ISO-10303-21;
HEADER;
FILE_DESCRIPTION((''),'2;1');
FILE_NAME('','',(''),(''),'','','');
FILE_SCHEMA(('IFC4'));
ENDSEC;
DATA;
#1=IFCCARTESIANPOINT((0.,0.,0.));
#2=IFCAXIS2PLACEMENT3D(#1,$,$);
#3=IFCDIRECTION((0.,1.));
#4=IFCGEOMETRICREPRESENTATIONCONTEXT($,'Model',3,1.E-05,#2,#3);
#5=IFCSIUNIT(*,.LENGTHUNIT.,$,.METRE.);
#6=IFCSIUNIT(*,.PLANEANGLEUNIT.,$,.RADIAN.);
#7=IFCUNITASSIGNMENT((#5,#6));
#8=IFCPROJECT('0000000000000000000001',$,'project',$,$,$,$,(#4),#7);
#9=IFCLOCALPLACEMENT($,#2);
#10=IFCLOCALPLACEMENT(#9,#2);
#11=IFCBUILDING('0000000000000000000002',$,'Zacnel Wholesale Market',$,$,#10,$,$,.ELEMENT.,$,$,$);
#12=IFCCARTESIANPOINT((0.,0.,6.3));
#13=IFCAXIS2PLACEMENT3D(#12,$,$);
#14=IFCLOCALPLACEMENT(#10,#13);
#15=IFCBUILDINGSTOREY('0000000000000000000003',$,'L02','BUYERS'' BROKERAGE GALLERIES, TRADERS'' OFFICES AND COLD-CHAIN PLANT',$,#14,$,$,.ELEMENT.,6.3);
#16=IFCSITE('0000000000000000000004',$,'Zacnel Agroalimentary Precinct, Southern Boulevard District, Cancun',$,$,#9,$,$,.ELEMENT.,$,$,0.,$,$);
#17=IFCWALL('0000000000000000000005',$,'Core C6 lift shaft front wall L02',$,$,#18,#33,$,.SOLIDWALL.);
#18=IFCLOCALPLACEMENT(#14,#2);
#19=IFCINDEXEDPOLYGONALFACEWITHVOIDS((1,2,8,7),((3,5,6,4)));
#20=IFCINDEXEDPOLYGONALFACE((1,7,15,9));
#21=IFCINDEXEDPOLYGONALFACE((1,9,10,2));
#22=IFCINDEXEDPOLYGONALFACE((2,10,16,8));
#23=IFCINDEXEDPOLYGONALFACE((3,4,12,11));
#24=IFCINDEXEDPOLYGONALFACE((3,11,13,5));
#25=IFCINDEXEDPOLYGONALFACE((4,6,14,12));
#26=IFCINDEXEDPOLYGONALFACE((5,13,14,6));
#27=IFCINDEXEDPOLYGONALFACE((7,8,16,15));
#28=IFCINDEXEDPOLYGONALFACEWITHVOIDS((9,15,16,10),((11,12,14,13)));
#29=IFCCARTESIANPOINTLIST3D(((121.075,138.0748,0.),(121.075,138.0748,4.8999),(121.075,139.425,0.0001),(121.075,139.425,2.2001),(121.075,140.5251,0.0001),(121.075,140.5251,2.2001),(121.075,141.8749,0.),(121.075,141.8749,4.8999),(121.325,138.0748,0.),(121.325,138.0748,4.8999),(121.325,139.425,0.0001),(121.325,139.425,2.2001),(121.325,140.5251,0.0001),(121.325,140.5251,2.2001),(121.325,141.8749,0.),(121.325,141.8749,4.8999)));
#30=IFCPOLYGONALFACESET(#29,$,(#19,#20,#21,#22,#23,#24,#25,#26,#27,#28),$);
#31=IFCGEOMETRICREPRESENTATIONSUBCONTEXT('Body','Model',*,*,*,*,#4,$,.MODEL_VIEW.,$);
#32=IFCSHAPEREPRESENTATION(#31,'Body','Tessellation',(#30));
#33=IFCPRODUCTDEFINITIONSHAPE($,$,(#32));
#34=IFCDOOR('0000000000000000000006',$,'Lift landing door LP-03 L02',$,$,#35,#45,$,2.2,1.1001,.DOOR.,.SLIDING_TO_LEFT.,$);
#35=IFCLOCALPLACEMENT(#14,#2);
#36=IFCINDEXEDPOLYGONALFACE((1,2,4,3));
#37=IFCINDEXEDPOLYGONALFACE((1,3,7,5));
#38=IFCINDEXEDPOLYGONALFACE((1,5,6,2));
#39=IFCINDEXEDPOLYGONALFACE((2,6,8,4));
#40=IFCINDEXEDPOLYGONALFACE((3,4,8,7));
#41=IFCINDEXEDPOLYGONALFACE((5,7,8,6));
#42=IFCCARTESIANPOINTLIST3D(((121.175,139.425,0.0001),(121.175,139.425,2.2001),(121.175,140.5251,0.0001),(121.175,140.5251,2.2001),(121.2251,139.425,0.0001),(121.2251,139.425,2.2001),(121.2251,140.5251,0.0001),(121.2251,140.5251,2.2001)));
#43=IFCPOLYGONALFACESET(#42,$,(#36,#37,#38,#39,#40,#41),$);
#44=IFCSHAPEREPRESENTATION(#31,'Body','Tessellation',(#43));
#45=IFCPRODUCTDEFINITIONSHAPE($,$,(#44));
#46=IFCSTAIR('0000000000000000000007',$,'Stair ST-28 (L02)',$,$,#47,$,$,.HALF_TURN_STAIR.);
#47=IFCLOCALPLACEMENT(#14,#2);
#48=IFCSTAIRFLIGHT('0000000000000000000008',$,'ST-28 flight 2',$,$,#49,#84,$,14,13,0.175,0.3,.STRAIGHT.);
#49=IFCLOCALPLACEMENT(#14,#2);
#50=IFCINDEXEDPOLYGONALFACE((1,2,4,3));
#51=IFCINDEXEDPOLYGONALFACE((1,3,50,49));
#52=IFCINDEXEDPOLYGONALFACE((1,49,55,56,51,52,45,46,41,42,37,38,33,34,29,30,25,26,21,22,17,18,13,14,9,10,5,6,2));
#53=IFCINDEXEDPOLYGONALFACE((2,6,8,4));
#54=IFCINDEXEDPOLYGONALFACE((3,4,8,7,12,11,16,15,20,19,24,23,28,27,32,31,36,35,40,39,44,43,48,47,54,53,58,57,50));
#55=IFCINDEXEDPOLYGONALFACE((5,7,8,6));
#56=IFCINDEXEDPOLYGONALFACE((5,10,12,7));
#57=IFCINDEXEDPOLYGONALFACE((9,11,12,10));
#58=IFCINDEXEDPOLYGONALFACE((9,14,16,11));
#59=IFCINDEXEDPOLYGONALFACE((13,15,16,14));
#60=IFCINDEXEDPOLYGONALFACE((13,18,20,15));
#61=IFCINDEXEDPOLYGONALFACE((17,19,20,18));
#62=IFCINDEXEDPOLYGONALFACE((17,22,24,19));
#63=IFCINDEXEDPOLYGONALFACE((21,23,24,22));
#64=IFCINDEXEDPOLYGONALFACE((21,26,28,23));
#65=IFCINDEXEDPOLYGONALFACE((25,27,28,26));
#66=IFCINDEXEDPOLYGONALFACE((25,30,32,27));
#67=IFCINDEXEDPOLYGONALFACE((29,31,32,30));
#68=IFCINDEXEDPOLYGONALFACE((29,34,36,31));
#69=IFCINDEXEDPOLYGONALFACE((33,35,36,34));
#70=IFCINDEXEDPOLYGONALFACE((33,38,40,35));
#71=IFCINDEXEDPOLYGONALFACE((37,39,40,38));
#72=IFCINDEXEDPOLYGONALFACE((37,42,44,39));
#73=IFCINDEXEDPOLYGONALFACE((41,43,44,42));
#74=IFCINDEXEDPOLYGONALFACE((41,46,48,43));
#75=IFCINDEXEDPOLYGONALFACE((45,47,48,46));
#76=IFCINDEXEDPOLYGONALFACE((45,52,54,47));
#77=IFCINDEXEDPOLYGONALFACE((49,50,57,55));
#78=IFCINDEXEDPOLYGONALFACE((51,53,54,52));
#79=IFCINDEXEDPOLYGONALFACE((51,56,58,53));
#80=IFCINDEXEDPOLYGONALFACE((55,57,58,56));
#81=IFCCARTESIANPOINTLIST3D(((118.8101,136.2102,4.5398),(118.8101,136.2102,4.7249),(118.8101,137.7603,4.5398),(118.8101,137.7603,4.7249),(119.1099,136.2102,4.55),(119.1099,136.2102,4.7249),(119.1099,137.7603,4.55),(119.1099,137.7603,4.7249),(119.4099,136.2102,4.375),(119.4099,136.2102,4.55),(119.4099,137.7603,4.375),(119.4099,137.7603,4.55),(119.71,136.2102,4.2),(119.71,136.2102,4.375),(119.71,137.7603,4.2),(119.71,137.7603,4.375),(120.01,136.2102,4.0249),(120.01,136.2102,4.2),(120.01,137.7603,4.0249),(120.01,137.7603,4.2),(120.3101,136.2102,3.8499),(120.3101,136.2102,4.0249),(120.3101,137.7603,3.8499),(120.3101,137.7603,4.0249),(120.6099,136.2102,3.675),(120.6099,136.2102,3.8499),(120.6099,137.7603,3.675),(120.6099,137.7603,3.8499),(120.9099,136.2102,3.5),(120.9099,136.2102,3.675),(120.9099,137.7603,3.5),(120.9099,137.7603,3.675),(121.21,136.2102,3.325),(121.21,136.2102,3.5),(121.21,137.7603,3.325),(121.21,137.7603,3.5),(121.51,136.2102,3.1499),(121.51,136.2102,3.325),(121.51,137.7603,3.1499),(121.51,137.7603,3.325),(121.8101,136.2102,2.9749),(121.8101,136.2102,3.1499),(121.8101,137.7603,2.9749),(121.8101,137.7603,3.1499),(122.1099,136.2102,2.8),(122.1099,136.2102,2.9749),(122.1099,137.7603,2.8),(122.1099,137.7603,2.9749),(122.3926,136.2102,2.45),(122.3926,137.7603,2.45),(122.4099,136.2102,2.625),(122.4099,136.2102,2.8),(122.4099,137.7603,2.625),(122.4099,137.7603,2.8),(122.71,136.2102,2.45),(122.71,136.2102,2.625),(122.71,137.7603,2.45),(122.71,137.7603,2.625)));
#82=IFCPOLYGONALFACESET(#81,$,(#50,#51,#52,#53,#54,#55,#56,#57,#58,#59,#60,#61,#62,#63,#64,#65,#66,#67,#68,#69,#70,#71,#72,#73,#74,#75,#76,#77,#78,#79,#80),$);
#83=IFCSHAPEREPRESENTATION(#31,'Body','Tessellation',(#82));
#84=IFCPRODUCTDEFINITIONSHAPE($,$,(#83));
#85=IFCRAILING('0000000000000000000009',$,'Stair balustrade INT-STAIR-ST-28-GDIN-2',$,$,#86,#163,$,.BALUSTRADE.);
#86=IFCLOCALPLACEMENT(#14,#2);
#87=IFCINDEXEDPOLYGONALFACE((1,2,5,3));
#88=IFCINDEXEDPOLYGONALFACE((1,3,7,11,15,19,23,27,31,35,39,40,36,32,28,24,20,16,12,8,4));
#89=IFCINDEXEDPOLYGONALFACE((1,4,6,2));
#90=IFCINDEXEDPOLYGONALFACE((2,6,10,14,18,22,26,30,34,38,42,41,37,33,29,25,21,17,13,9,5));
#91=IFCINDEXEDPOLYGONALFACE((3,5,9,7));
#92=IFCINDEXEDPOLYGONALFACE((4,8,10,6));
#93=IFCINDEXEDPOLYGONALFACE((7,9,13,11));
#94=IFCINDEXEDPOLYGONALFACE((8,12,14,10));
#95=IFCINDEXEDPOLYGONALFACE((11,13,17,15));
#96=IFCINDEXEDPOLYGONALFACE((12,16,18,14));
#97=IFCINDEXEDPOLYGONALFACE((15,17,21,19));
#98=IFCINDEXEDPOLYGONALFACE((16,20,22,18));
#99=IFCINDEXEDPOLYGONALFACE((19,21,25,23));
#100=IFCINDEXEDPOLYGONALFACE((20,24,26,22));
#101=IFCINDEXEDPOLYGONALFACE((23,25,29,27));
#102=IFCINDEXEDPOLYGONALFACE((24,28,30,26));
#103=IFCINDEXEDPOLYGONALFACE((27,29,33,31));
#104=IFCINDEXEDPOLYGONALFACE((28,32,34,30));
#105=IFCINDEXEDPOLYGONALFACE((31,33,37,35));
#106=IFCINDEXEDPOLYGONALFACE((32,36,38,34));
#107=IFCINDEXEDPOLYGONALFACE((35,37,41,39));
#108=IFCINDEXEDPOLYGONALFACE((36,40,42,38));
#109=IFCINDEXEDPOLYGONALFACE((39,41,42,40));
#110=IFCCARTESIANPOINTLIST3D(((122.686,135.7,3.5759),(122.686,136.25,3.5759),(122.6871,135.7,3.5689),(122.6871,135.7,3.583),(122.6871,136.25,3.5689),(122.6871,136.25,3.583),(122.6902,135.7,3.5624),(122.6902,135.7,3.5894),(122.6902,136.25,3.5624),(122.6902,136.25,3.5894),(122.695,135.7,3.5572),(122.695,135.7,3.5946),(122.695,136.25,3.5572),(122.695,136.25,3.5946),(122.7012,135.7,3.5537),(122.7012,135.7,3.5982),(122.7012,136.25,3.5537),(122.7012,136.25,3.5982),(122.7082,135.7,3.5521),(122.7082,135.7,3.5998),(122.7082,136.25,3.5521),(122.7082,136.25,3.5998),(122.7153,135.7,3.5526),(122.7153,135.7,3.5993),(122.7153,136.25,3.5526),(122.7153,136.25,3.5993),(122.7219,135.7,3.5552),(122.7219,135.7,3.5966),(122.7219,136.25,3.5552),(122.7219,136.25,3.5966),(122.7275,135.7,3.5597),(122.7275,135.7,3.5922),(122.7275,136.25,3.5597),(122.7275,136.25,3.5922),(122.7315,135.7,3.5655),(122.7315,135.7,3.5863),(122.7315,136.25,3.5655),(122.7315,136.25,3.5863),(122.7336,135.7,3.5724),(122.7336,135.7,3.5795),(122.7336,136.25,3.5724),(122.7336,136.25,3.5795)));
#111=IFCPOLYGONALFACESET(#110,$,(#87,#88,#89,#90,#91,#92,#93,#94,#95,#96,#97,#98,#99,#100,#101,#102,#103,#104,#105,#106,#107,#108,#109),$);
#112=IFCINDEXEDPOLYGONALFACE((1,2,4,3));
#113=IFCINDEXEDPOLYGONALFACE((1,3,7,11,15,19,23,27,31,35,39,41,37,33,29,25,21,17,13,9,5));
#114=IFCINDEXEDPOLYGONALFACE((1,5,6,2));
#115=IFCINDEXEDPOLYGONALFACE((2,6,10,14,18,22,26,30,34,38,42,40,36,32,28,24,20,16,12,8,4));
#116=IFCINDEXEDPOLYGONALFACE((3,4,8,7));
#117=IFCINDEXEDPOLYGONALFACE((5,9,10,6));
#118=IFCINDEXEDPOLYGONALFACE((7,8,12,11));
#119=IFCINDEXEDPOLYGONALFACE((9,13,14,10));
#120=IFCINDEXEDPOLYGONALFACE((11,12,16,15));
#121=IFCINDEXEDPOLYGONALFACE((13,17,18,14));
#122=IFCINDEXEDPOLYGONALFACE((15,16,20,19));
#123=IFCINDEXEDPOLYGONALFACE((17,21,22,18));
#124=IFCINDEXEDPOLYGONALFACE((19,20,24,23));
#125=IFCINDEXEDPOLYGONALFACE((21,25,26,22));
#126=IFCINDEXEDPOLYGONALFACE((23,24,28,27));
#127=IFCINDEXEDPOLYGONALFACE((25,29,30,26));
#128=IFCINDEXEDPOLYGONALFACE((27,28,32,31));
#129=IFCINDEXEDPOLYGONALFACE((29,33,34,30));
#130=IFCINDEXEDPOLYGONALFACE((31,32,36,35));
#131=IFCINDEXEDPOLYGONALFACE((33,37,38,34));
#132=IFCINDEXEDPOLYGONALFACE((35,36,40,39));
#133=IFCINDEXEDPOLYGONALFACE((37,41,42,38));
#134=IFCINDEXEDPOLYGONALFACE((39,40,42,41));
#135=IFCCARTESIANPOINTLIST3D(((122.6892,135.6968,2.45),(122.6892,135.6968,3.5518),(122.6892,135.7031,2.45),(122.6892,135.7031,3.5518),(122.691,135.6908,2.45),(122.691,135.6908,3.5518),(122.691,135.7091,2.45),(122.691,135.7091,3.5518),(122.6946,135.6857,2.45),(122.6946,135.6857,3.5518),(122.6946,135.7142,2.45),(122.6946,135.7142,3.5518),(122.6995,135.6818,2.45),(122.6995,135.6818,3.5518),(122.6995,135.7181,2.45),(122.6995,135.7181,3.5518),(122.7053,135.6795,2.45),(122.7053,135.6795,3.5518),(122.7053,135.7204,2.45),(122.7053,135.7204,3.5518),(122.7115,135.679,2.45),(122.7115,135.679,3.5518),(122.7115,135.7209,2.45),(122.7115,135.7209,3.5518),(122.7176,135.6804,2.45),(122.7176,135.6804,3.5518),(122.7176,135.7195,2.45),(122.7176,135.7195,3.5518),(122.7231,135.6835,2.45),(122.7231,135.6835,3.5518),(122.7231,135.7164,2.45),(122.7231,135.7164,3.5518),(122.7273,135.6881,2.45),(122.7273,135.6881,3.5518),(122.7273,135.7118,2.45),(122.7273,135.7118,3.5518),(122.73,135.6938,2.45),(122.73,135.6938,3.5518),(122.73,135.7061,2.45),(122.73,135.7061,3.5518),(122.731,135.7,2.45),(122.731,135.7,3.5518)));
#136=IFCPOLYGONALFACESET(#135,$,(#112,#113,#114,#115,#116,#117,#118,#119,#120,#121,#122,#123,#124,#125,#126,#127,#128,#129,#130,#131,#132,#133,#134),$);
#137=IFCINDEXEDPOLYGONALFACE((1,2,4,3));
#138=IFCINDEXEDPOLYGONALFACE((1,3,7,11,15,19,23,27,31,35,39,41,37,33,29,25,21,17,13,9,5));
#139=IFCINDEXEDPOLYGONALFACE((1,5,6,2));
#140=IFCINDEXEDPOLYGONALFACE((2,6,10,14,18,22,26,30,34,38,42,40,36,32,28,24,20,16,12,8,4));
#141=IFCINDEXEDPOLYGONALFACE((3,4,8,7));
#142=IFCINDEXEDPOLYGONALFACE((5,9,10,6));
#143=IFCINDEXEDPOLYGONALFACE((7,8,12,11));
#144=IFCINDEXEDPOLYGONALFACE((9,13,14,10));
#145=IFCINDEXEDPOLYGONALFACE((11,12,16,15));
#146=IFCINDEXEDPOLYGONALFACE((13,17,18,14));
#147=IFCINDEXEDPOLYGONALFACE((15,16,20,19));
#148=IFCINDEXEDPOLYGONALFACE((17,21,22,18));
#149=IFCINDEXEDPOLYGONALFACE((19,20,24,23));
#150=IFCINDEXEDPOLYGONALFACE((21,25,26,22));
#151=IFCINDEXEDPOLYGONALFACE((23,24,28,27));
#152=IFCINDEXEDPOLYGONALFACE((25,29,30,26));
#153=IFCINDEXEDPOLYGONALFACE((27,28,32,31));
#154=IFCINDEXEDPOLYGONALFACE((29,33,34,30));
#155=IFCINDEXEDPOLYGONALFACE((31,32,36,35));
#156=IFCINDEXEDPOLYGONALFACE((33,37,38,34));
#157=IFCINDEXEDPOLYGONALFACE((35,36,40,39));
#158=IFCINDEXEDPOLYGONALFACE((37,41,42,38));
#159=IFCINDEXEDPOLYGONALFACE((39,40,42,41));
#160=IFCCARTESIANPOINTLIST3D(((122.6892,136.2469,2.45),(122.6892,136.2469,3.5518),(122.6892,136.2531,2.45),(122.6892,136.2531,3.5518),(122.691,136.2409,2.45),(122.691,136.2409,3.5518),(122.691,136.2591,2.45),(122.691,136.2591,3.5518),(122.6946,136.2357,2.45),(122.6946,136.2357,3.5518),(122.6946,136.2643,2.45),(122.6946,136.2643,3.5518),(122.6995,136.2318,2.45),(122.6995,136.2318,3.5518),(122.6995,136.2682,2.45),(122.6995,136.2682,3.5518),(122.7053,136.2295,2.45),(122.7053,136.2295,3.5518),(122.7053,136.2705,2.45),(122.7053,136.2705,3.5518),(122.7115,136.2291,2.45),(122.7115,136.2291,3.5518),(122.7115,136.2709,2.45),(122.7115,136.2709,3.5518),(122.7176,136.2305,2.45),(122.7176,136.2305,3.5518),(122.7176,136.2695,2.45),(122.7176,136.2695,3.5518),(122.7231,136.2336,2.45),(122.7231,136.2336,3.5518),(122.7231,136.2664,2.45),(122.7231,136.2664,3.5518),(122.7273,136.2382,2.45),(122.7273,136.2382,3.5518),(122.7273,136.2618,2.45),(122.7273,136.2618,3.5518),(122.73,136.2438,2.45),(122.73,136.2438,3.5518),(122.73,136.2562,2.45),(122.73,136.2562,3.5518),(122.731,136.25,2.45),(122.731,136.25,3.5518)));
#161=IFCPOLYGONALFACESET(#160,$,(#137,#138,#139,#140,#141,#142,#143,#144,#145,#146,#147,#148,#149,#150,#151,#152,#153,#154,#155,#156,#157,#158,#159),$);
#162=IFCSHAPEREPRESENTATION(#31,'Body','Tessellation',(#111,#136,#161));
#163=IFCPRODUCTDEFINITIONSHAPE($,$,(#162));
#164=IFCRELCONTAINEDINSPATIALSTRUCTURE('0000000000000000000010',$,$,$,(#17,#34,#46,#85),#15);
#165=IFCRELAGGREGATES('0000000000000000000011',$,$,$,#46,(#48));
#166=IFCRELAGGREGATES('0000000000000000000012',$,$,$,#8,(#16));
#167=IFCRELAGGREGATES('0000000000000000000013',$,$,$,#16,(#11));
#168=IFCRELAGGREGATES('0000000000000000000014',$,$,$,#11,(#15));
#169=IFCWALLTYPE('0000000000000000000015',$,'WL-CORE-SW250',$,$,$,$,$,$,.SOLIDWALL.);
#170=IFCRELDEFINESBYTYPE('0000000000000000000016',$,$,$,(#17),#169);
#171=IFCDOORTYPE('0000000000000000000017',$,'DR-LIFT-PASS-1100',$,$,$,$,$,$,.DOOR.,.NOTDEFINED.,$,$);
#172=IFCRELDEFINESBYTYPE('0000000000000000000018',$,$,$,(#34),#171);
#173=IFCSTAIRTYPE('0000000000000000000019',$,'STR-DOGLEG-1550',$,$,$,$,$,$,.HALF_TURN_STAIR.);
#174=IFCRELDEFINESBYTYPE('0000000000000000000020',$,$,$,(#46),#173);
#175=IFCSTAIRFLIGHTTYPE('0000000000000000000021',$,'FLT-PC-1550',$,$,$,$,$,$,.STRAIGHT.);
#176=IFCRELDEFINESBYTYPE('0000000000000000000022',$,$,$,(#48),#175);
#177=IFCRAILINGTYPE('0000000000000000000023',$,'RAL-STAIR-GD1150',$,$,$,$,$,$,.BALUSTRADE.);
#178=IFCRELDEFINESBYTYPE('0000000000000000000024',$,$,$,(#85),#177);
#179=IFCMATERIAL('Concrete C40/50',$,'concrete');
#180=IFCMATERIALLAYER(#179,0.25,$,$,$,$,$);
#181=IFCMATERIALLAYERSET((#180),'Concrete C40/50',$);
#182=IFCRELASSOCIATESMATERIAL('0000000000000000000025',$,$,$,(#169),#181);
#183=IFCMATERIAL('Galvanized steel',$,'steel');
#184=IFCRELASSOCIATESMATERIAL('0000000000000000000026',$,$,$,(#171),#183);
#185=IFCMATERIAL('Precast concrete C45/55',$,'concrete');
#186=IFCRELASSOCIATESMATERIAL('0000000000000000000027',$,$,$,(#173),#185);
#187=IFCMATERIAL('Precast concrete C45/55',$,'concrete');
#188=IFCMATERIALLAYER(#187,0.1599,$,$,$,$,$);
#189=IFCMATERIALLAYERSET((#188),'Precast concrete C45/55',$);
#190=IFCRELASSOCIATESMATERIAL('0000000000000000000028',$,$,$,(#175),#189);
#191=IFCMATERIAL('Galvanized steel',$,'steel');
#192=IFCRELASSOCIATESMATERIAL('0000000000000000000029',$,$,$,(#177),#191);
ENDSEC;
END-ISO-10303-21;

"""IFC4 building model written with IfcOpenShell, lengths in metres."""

from ifc_helpers import new_model, si_unit, direction, frame, frame_2d, origin, origin_2d, place, context, subcontext, project, spatial, polyline, rectangle, circle, outline, extrude, material, layer, layer_set, type_object, element, fill, aggregate, save


model = new_model("IFC4")

# Units and contexts
model_context = context("Model", 3, precision=1e-05, world=origin(), true_north=direction((0.0, 1.0)))
body_context = subcontext(model_context, "Body", "Model", "MODEL_VIEW")
ifc_project = project(units=[si_unit("LENGTHUNIT", "METRE"), si_unit("PLANEANGLEUNIT", "RADIAN")], contexts=[model_context])

# Site, building, storey
site_placement = place(None, origin())
site = spatial("IfcSite", under=ifc_project, at=site_placement, Name="Zacnel Agroalimentary Precinct, Southern Boulevard District, Cancun", CompositionType="ELEMENT", RefElevation=0.0)
building_placement = place(site_placement, origin())
building = spatial("IfcBuilding", under=site, at=building_placement, Name="Zacnel Wholesale Market", CompositionType="ELEMENT")
storey_placement = place(building_placement, frame((0.0, 0.0, 6.3)))
storey = spatial("IfcBuildingStorey", under=building, at=storey_placement, Name="L02", Description="BUYERS' BROKERAGE GALLERIES, TRADERS' OFFICES AND COLD-CHAIN PLANT", CompositionType="ELEMENT", Elevation=6.3)

# Wall, opening, door
ifc_material_1 = material(Name="Concrete C40/50", Category="concrete")
ifc_layer_1 = layer(ifc_material_1, 0.25)
ifc_layer_set_1 = layer_set([ifc_layer_1], Name="Concrete C40/50")
wall_type = type_object("IfcWallType", Name="WL-CORE-SW250", PredefinedType="SOLIDWALL", material=ifc_layer_set_1)
wall_placement = place(storey_placement, frame((121.2, 138.075, 0.0), z_axis=(0.0, 0.0, 1.0), x_axis=(0.0, 1.0, 0.0)))
wall = element("IfcWall", 1, at=wall_placement, inside=storey, type_object=wall_type, Name="Core C6 lift shaft front wall L02", PredefinedType="SOLIDWALL", context=body_context, shape_type="SweptSolid", body=[
    extrude(rectangle(XDim=3.8, YDim=0.25, at=frame_2d((1.8999, 0.0))), origin(), (0.0, 0.0, 1.0), 4.8999),
])
opening_placement = place(wall_placement, frame((1.3501, 0.0, 0.0)))
opening = element("IfcOpeningElement", 2, at=opening_placement, cuts=wall, PredefinedType="OPENING", context=body_context, shape_type="SweptSolid", body=[
    extrude(rectangle(XDim=1.1001, YDim=2.2, at=frame_2d((0.55, 1.1001))), frame((0.0, 0.135, 0.0), z_axis=(0.0, -1.0, 0.0), x_axis=(1.0, 0.0, 0.0)), (0.0, 0.0, 1.0), 0.27),
])
ifc_material_2 = material(Name="Galvanized steel", Category="steel")
door_type = type_object("IfcDoorType", Name="DR-LIFT-PASS-1100", OperationType="NOTDEFINED", PredefinedType="DOOR", material=ifc_material_2)
door_placement = place(opening_placement, origin())
door = element("IfcDoor", 3, at=door_placement, inside=storey, type_object=door_type, Name="Lift landing door LP-03 L02", OperationType="SLIDING_TO_LEFT", OverallHeight=2.2, OverallWidth=1.1001, PredefinedType="DOOR", context=body_context, shape_type="SweptSolid", body=[
    extrude(rectangle(XDim=1.1001, YDim=2.2, at=frame_2d((0.55, 1.1001))), frame((0.0, 0.0249, 0.0), z_axis=(0.0, -1.0, 0.0), x_axis=(1.0, 0.0, 0.0)), (0.0, 0.0, 1.0), 0.05),
])
fill(opening, door)

# Stair, stair flight
ifc_material_3 = material(Name="Precast concrete C45/55", Category="concrete")
stair_type = type_object("IfcStairType", Name="STR-DOGLEG-1550", PredefinedType="HALF_TURN_STAIR", material=ifc_material_3)
stair_placement = place(storey_placement, origin())
stair = element("IfcStair", 4, at=stair_placement, inside=storey, type_object=stair_type, Name="Stair ST-28 (L02)", PredefinedType="HALF_TURN_STAIR")
ifc_material_4 = material(Name="Precast concrete C45/55", Category="concrete")
ifc_layer_2 = layer(ifc_material_4, 0.1599)
ifc_layer_set_2 = layer_set([ifc_layer_2], Name="Precast concrete C45/55")
stair_flight_type = type_object("IfcStairFlightType", Name="FLT-PC-1550", PredefinedType="STRAIGHT", material=ifc_layer_set_2)
stair_flight_placement = place(storey_placement, frame((122.71, 136.9851, 2.45), z_axis=(0.0, 0.0, 1.0), x_axis=(-1.0, 0.0, 0.0)))
stair_flight = element("IfcStairFlight", 5, at=stair_flight_placement, type_object=stair_flight_type, Name="ST-28 flight 2", NumberOfRisers=14, NumberOfTreads=13, PredefinedType="STRAIGHT", RiserHeight=0.175, TreadLength=0.3, context=body_context, shape_type="SweptSolid", body=[
    extrude(outline(polyline([(0.0, 0.0), (0.0, 0.175), (0.3, 0.175), (0.3, 0.3501), (0.6001, 0.3501), (0.6001, 0.5249), (0.8999, 0.5249), (0.8999, 0.7), (1.2, 0.7), (1.2, 0.875), (1.5, 0.875), (1.5, 1.05), (1.8, 1.05), (1.8, 1.2251), (2.1001, 1.2251), (2.1001, 1.3999), (2.3999, 1.3999), (2.3999, 1.575), (2.7, 1.575), (2.7, 1.75), (3.0, 1.75), (3.0, 1.925), (3.3, 1.925), (3.3, 2.1001), (3.6001, 2.1001), (3.6001, 2.2749), (3.8999, 2.2749), (3.8999, 2.45), (3.8999, 2.0898), (0.3174, 0.0), (0.0, 0.0)])), frame((0.0, 0.7749, 0.0), z_axis=(0.0, -1.0, 0.0), x_axis=(1.0, 0.0, 0.0)), (0.0, 0.0, 1.0), 1.55),
])
aggregate(stair, [stair_flight])

# Railing
ifc_material_5 = material(Name="Galvanized steel", Category="steel")
railing_type = type_object("IfcRailingType", Name="RAL-STAIR-GD1150", PredefinedType="BALUSTRADE", material=ifc_material_5)
railing_1_placement = place(storey_placement, frame((122.71, 135.7, 2.45)))
element("IfcRailing", 6, at=railing_1_placement, inside=storey, type_object=railing_type, Name="Stair balustrade INT-STAIR-ST-28-GDIN-2", PredefinedType="BALUSTRADE", context=body_context, shape_type="SweptSolid", body=[
    extrude(circle(Radius=0.0239, at=origin_2d()), frame((0.0, 0.0, 1.126), z_axis=(0.0, 1.0, 0.0), x_axis=(-1.0, 0.0, 0.0)), (0.0, 0.0, 1.0), 0.55),
    extrude(circle(Radius=0.021, at=origin_2d()), origin(), (0.0, 0.0, 1.0), 1.1018),
    extrude(circle(Radius=0.021, at=origin_2d()), frame((0.0, 0.55, 0.0)), (0.0, 0.0, 1.0), 1.1018),
])

save(model, "model.ifc")
